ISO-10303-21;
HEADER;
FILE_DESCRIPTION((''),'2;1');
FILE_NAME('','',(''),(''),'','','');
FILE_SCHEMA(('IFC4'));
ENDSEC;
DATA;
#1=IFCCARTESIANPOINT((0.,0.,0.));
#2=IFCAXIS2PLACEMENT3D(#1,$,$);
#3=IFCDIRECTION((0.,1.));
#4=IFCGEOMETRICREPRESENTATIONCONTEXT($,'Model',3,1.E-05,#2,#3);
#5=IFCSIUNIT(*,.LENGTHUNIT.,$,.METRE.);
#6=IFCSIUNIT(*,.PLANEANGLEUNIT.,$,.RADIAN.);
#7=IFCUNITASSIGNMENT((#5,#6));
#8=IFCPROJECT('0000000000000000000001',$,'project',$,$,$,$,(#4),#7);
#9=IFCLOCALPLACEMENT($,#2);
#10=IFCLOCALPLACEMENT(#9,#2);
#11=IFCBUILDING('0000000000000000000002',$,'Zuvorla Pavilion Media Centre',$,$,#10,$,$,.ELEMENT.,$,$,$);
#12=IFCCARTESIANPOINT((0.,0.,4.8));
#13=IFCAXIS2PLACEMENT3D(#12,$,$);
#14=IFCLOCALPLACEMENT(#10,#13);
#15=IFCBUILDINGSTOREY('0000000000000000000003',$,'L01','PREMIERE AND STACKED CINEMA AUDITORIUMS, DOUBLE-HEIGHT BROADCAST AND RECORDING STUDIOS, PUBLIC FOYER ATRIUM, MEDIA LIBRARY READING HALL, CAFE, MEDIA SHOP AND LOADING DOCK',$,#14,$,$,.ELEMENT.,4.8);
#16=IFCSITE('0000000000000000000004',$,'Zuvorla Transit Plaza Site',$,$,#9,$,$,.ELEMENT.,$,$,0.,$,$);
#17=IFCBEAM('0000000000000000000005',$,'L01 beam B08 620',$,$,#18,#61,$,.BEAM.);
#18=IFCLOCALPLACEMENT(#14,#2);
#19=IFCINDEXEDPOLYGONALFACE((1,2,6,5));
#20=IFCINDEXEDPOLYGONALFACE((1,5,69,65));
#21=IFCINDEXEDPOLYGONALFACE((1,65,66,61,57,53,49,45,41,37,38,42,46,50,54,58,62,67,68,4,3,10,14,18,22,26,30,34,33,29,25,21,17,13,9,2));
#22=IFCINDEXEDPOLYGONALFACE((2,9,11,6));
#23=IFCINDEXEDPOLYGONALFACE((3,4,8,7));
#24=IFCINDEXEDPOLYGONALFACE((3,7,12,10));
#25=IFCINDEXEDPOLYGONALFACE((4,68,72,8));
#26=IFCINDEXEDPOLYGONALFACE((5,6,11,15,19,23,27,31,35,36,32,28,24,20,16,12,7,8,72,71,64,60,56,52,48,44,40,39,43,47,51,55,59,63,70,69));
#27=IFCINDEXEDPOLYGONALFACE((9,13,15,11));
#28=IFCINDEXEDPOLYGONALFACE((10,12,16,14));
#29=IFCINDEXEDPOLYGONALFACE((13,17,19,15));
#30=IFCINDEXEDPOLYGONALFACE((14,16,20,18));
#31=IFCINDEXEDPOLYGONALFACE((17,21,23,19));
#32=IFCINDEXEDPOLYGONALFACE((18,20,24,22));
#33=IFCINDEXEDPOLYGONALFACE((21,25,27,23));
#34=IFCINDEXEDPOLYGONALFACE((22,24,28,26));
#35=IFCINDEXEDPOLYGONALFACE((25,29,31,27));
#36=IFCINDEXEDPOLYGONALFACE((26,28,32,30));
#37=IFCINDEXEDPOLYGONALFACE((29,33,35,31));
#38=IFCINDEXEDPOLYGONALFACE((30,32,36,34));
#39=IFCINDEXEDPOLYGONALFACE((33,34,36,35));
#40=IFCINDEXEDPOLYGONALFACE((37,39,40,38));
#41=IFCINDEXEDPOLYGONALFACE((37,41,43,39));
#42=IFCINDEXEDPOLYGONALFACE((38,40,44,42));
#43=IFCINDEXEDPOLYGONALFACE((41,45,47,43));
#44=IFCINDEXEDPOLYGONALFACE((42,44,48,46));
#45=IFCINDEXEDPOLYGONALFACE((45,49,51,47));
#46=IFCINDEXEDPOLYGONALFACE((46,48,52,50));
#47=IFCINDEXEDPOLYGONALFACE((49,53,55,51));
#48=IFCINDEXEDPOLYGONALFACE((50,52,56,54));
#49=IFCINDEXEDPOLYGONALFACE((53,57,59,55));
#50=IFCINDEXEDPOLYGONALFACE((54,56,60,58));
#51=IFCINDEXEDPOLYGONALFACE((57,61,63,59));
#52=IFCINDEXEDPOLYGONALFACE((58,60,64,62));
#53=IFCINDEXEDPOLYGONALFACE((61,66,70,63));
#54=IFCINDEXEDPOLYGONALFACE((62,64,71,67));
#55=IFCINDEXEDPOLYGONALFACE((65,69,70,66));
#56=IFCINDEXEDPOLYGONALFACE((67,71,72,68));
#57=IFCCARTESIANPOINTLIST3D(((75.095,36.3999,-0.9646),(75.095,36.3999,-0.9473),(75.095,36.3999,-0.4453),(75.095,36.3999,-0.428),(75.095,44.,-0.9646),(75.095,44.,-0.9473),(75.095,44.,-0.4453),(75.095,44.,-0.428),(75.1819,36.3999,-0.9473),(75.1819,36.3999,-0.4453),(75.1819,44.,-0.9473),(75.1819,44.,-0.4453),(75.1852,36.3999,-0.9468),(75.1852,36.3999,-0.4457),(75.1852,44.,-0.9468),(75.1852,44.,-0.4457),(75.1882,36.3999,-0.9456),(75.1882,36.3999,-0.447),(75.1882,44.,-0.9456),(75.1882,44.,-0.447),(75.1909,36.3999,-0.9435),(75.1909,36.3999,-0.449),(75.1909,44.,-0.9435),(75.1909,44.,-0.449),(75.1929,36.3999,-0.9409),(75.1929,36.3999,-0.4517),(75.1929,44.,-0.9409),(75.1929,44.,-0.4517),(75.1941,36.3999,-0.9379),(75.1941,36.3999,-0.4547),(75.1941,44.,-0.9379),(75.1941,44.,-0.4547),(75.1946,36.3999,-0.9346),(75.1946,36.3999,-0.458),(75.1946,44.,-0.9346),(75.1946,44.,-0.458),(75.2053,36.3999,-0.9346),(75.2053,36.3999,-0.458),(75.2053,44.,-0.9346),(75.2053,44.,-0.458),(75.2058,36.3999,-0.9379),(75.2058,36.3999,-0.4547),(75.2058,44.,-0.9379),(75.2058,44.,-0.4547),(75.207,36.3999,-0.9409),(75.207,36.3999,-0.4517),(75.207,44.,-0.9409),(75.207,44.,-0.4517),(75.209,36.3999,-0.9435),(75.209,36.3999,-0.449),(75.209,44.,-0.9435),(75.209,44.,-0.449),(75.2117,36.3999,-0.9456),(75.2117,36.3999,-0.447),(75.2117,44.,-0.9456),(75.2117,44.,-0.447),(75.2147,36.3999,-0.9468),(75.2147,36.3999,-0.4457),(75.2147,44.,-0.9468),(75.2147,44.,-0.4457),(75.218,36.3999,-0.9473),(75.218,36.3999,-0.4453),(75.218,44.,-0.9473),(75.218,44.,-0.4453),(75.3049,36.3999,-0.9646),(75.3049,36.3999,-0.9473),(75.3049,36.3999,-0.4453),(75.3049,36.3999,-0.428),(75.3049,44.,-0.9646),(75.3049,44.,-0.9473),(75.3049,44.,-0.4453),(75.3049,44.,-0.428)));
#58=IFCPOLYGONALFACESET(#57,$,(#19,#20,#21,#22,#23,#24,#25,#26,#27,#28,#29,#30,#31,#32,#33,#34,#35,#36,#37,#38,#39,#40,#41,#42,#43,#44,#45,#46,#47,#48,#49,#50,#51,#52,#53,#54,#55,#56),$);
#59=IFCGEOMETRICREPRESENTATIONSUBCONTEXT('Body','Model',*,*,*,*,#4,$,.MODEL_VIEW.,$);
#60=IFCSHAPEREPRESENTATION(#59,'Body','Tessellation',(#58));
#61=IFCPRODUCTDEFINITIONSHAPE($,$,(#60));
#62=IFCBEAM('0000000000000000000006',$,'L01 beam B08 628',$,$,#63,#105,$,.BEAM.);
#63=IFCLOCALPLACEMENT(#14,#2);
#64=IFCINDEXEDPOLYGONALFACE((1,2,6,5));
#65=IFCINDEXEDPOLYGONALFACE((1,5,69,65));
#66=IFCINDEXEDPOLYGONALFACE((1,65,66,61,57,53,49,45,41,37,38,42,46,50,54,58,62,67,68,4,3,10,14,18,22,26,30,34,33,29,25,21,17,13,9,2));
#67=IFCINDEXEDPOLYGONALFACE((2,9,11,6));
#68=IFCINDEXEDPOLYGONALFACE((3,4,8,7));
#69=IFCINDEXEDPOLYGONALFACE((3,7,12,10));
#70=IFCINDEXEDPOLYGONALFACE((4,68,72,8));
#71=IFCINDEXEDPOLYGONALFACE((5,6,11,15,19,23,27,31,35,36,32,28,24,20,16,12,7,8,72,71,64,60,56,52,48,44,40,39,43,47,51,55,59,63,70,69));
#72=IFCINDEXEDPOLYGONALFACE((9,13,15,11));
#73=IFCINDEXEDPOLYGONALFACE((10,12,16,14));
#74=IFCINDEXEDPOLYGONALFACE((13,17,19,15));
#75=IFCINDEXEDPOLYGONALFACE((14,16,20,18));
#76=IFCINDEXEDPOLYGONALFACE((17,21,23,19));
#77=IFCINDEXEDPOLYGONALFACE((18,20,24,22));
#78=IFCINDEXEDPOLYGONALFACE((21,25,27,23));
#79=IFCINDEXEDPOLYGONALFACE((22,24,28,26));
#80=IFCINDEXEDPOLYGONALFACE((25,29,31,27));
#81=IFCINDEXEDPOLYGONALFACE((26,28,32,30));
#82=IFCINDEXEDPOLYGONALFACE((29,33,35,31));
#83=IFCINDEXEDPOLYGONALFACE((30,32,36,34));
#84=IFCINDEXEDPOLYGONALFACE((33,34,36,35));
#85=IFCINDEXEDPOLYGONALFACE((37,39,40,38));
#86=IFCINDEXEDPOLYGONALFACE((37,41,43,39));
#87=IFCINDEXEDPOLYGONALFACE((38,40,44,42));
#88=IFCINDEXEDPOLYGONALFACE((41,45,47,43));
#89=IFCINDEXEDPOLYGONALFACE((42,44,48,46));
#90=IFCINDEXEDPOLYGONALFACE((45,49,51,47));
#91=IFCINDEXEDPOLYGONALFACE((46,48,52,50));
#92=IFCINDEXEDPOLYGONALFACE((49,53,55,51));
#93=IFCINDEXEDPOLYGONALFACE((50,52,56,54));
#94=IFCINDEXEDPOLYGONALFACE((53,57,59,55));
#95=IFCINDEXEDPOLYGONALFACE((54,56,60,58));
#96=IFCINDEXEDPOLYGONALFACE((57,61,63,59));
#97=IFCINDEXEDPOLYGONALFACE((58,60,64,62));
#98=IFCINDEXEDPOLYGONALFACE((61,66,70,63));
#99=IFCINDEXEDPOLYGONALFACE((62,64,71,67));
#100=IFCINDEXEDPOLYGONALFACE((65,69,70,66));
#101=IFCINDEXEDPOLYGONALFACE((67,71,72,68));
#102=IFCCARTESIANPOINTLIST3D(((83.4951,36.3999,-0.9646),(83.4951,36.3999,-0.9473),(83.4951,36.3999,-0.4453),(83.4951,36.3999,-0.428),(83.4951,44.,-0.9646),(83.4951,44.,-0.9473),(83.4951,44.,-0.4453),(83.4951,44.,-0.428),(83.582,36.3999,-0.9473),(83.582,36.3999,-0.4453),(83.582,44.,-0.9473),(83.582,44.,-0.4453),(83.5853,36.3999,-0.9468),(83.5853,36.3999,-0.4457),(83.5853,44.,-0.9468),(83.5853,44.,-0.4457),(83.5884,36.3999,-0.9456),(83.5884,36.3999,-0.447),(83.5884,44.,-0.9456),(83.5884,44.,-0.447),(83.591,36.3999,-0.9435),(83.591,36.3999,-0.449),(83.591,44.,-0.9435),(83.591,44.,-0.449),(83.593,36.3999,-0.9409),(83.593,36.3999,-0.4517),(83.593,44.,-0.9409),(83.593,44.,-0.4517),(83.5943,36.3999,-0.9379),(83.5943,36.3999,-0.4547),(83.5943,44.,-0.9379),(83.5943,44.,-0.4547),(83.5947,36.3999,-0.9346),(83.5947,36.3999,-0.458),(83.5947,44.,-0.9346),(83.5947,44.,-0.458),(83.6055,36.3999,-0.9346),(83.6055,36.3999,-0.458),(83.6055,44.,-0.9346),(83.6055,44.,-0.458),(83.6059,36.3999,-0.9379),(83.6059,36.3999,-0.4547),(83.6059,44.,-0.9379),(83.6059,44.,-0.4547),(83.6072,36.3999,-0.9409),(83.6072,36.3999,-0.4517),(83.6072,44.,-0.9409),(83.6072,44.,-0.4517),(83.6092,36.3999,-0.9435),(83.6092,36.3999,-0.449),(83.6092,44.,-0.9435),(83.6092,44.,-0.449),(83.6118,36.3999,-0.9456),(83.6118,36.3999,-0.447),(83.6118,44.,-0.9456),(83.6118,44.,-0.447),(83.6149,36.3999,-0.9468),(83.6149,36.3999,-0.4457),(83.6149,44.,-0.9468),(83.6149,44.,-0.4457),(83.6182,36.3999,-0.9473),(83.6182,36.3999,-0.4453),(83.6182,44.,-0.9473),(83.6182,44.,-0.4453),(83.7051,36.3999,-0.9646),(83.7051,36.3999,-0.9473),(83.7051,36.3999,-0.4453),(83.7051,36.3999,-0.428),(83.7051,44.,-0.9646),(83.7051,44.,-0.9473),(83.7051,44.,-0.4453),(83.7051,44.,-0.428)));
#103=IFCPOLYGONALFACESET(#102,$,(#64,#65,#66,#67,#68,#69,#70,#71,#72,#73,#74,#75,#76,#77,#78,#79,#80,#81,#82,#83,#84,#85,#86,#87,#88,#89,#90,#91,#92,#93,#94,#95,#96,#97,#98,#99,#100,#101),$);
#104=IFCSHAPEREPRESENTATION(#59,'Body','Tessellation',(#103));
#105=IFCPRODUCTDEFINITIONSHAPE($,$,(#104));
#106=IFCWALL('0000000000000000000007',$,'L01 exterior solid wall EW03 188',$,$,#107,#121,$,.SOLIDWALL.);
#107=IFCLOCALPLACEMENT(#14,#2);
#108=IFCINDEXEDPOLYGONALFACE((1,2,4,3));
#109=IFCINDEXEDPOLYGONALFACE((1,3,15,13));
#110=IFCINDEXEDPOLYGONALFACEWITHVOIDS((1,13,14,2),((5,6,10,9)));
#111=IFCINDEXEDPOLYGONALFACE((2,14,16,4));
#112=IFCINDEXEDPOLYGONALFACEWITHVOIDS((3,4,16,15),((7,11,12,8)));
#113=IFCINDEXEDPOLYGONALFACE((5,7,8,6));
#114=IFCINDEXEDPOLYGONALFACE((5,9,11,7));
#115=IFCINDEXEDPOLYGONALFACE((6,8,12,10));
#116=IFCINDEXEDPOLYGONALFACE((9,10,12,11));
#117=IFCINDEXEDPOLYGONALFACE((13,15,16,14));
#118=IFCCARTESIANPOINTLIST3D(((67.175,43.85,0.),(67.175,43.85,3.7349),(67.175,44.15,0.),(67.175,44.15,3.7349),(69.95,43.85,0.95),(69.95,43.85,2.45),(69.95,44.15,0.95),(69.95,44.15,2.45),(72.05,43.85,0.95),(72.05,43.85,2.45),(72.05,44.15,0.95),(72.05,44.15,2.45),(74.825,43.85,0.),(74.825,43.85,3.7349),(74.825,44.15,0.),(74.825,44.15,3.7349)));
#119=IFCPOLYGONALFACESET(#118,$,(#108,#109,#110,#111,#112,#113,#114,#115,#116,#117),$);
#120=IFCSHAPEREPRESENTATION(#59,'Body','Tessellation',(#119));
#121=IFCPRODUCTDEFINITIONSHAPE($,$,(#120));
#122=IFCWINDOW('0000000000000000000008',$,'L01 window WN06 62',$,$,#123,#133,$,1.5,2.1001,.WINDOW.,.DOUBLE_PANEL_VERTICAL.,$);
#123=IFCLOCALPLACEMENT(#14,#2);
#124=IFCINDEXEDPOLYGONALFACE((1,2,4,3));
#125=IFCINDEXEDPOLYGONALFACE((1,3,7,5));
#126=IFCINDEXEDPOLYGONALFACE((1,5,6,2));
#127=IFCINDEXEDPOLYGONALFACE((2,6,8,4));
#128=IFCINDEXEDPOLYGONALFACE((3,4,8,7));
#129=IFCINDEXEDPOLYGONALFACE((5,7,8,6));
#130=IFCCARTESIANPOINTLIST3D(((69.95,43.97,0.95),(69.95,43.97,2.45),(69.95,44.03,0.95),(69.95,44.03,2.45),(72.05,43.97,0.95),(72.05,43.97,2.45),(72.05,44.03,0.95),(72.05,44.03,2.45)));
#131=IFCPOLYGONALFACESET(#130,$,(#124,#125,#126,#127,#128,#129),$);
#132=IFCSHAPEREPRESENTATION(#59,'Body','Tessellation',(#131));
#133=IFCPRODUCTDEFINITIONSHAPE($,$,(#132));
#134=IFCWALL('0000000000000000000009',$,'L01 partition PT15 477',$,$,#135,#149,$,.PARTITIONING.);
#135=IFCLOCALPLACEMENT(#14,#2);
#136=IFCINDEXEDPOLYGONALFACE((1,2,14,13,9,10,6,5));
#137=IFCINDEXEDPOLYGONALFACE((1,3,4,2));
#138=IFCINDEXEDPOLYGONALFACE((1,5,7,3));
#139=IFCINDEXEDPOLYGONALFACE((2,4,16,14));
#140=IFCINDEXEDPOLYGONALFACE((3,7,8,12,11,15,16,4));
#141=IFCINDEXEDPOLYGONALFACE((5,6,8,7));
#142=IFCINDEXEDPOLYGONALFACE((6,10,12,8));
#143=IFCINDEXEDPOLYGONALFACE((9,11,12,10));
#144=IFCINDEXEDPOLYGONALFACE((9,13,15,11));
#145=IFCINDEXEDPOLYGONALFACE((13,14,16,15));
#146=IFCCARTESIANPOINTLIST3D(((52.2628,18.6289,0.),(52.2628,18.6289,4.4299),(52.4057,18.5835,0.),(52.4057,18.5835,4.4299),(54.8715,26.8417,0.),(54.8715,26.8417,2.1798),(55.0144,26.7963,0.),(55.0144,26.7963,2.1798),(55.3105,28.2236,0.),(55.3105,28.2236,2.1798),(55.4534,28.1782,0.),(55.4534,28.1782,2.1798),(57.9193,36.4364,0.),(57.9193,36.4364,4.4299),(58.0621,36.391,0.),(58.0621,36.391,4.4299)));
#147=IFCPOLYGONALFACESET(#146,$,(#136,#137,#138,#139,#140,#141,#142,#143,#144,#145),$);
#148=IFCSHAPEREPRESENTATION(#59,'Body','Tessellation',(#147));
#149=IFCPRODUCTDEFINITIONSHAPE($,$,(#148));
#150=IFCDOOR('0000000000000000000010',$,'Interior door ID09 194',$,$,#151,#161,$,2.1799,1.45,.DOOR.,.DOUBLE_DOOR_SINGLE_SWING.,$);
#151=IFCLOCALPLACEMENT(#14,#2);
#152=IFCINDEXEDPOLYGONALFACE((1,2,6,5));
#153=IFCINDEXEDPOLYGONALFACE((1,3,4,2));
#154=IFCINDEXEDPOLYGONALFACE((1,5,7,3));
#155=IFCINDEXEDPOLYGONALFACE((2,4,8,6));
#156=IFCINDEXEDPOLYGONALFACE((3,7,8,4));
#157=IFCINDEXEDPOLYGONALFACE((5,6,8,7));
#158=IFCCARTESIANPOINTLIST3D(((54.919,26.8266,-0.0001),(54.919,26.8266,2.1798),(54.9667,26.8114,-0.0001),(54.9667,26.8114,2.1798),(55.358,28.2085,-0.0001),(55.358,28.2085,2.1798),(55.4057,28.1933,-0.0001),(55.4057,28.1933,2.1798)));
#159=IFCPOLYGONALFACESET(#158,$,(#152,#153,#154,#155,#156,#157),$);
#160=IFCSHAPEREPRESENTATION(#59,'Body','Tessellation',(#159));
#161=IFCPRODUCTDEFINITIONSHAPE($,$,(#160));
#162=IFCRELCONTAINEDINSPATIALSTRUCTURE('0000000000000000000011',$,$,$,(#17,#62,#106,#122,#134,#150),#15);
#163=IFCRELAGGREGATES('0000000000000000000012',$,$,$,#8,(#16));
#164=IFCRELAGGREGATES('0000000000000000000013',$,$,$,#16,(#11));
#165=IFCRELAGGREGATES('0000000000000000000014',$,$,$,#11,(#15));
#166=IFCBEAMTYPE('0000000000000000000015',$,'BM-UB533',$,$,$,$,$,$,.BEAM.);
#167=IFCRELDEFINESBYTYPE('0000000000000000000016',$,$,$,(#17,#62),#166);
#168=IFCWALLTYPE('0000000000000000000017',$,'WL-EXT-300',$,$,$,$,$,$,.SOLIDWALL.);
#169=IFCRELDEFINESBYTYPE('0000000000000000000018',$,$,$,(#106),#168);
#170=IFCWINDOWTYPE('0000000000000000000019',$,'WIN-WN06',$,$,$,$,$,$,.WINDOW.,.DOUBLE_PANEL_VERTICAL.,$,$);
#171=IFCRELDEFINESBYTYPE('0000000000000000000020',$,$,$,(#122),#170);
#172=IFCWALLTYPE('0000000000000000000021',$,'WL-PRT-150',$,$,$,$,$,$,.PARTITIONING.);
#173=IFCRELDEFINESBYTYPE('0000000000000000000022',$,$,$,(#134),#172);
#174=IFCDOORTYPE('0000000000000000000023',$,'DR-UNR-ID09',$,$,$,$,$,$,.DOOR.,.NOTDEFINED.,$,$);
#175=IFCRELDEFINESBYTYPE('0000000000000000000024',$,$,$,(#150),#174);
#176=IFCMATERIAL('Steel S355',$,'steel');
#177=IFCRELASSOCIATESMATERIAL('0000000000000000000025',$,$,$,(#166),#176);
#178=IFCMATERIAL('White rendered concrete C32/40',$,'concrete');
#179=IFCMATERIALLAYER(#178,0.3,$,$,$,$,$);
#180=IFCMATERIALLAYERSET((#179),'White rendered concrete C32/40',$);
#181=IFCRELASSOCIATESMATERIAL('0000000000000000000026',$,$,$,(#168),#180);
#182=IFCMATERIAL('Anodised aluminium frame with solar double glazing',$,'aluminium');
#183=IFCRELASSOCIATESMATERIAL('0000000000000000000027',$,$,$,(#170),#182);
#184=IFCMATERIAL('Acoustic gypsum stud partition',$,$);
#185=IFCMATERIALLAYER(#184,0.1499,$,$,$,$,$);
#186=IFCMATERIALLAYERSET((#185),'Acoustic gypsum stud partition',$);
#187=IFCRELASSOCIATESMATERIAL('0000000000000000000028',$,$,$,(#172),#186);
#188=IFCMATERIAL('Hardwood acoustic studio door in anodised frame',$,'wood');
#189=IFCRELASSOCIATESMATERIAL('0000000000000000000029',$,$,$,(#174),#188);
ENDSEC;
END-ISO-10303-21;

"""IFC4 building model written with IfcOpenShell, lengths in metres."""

from ifc_helpers import new_model, si_unit, direction, frame, frame_2d, origin, origin_2d, place, context, subcontext, project, spatial, rectangle, i_section, extrude, material, layer, layer_set, material_profile, profile_set, type_object, element, fill, save


model = new_model("IFC4")

# Units and contexts
model_context = context("Model", 3, precision=1e-05, world=origin(), true_north=direction((0.0, 1.0)))
body_context = subcontext(model_context, "Body", "Model", "MODEL_VIEW")
ifc_project = project(units=[si_unit("LENGTHUNIT", "METRE"), si_unit("PLANEANGLEUNIT", "RADIAN")], contexts=[model_context])

# Site, building, storey
site_placement = place(None, origin())
site = spatial("IfcSite", under=ifc_project, at=site_placement, Name="Zuvorla Transit Plaza Site", CompositionType="ELEMENT", RefElevation=0.0)
building_placement = place(site_placement, origin())
building = spatial("IfcBuilding", under=site, at=building_placement, Name="Zuvorla Pavilion Media Centre", CompositionType="ELEMENT")
storey_placement = place(building_placement, frame((0.0, 0.0, 4.8)))
storey = spatial("IfcBuildingStorey", under=building, at=storey_placement, Name="L01", Description="PREMIERE AND STACKED CINEMA AUDITORIUMS, DOUBLE-HEIGHT BROADCAST AND RECORDING STUDIOS, PUBLIC FOYER ATRIUM, MEDIA LIBRARY READING HALL, CAFE, MEDIA SHOP AND LOADING DOCK", CompositionType="ELEMENT", Elevation=4.8)

# Shared definitions
ifc_material_1 = material(Name="Steel S355", Category="steel")

# Beams
ifc_material_profile_1 = material_profile(ifc_material_1, i_section(OverallWidth=0.21, OverallDepth=0.5366, WebThickness=0.0107, FlangeThickness=0.0173, FilletRadius=0.0127, at=origin_2d()), Name="UB 533x210x101")
ifc_profile_set_1 = profile_set([ifc_material_profile_1], Name="Steel S355")
beam_type_1 = type_object("IfcBeamType", Name="BM-UB533", PredefinedType="BEAM", material=ifc_profile_set_1)
for number, where, z_axis, x_axis, name in (
    (1, (75.2, 36.3999, -0.6963), (0.0, 1.0, 0.0), (-1.0, 0.0, 0.0), "L01 beam B08 620"),
    (2, (83.6001, 36.3999, -0.6963), (0.0, 1.0, 0.0), (-1.0, 0.0, 0.0), "L01 beam B08 628"),
):
    element("IfcBeam", number, at=place(storey_placement, frame(where, z_axis=z_axis, x_axis=x_axis)), inside=storey, type_object=beam_type_1, Name=name, PredefinedType="BEAM", context=body_context, shape_type="SweptSolid", body=[
        extrude(i_section(OverallWidth=0.21, OverallDepth=0.5366, WebThickness=0.0107, FlangeThickness=0.0173, FilletRadius=0.0127, at=origin_2d()), origin(), (0.0, 0.0, 1.0), 7.6001),
    ])

# Wall, opening, window
ifc_material_2 = material(Name="White rendered concrete C32/40", Category="concrete")
ifc_layer_1 = layer(ifc_material_2, 0.3)
ifc_layer_set_1 = layer_set([ifc_layer_1], Name="White rendered concrete C32/40")
wall_type_1 = type_object("IfcWallType", Name="WL-EXT-300", PredefinedType="SOLIDWALL", material=ifc_layer_set_1)
wall_1_placement = place(storey_placement, frame((74.825, 44.0, 0.0), z_axis=(0.0, 0.0, 1.0), x_axis=(-1.0, 0.0, 0.0)))
wall_1 = element("IfcWall", 3, at=wall_1_placement, inside=storey, type_object=wall_type_1, Name="L01 exterior solid wall EW03 188", PredefinedType="SOLIDWALL", context=body_context, shape_type="SweptSolid", body=[
    extrude(rectangle(XDim=7.6499, YDim=0.3, at=frame_2d((3.825, 0.0))), origin(), (0.0, 0.0, 1.0), 3.7349),
])
opening_1_placement = place(wall_1_placement, frame((2.7749, 0.0, 0.95)))
opening_1 = element("IfcOpeningElement", 4, at=opening_1_placement, cuts=wall_1, PredefinedType="OPENING", context=body_context, shape_type="SweptSolid", body=[
    extrude(rectangle(XDim=2.1001, YDim=1.5, at=frame_2d((1.05, 0.75))), frame((0.0, 0.1599, 0.0), z_axis=(0.0, -1.0, 0.0), x_axis=(1.0, 0.0, 0.0)), (0.0, 0.0, 1.0), 0.3201),
])
ifc_material_3 = material(Name="Anodised aluminium frame with solar double glazing", Category="aluminium")
window_type = type_object("IfcWindowType", Name="WIN-WN06", PartitioningType="DOUBLE_PANEL_VERTICAL", PredefinedType="WINDOW", material=ifc_material_3)
window_placement = place(opening_1_placement, origin())
window = element("IfcWindow", 5, at=window_placement, inside=storey, type_object=window_type, Name="L01 window WN06 62", OverallHeight=1.5, OverallWidth=2.1001, PartitioningType="DOUBLE_PANEL_VERTICAL", PredefinedType="WINDOW", context=body_context, shape_type="SweptSolid", body=[
    extrude(rectangle(XDim=2.1001, YDim=1.5, at=frame_2d((1.05, 0.75))), frame((0.0, 0.03, 0.0), z_axis=(0.0, -1.0, 0.0), x_axis=(1.0, 0.0, 0.0)), (0.0, 0.0, 1.0), 0.0601),
])
fill(opening_1, window)

# Wall, opening, door
ifc_material_4 = material(Name="Acoustic gypsum stud partition")
ifc_layer_2 = layer(ifc_material_4, 0.1499)
ifc_layer_set_2 = layer_set([ifc_layer_2], Name="Acoustic gypsum stud partition")
wall_type_2 = type_object("IfcWallType", Name="WL-PRT-150", PredefinedType="PARTITIONING", material=ifc_layer_set_2)
wall_2_placement = place(storey_placement, frame((57.9907, 36.4138, 0.0), z_axis=(0.0, 0.0, 1.0), x_axis=(-0.302739, -0.953074, 0.0)))
wall_2 = element("IfcWall", 6, at=wall_2_placement, inside=storey, type_object=wall_type_2, Name="L01 partition PT15 477", PredefinedType="PARTITIONING", context=body_context, shape_type="SweptSolid", body=[
    extrude(rectangle(XDim=18.6843, YDim=0.1499, at=frame_2d((9.3423, 0.0))), origin(), (0.0, 0.0, 1.0), 4.4299),
])
opening_2_placement = place(wall_2_placement, frame((8.6172, 0.0, 0.0)))
opening_2 = element("IfcOpeningElement", 7, at=opening_2_placement, cuts=wall_2, PredefinedType="OPENING", context=body_context, shape_type="SweptSolid", body=[
    extrude(rectangle(XDim=1.45, YDim=2.1799, at=frame_2d((0.7251, 1.0898))), frame((0.0, 0.085, 0.0), z_axis=(0.0, -1.0, 0.0), x_axis=(1.0, 0.0, 0.0)), (0.0, 0.0, 1.0), 0.1699),
])
ifc_material_5 = material(Name="Hardwood acoustic studio door in anodised frame", Category="wood")
door_type_1 = type_object("IfcDoorType", Name="DR-UNR-ID09", OperationType="NOTDEFINED", PredefinedType="DOOR", material=ifc_material_5)
door_1_placement = place(opening_2_placement, origin())
door_1 = element("IfcDoor", 8, at=door_1_placement, inside=storey, type_object=door_type_1, Name="Interior door ID09 194", OperationType="DOUBLE_DOOR_SINGLE_SWING", OverallHeight=2.1799, OverallWidth=1.45, PredefinedType="DOOR", context=body_context, shape_type="SweptSolid", body=[
    extrude(rectangle(XDim=1.45, YDim=2.1799, at=frame_2d((0.7251, 1.0898))), frame((0.0, 0.0249, 0.0), z_axis=(0.0, -1.0, 0.0), x_axis=(1.0, 0.0, 0.0)), (0.0, 0.0, 1.0), 0.05),
])
fill(opening_2, door_1)

save(model, "model.ifc")
